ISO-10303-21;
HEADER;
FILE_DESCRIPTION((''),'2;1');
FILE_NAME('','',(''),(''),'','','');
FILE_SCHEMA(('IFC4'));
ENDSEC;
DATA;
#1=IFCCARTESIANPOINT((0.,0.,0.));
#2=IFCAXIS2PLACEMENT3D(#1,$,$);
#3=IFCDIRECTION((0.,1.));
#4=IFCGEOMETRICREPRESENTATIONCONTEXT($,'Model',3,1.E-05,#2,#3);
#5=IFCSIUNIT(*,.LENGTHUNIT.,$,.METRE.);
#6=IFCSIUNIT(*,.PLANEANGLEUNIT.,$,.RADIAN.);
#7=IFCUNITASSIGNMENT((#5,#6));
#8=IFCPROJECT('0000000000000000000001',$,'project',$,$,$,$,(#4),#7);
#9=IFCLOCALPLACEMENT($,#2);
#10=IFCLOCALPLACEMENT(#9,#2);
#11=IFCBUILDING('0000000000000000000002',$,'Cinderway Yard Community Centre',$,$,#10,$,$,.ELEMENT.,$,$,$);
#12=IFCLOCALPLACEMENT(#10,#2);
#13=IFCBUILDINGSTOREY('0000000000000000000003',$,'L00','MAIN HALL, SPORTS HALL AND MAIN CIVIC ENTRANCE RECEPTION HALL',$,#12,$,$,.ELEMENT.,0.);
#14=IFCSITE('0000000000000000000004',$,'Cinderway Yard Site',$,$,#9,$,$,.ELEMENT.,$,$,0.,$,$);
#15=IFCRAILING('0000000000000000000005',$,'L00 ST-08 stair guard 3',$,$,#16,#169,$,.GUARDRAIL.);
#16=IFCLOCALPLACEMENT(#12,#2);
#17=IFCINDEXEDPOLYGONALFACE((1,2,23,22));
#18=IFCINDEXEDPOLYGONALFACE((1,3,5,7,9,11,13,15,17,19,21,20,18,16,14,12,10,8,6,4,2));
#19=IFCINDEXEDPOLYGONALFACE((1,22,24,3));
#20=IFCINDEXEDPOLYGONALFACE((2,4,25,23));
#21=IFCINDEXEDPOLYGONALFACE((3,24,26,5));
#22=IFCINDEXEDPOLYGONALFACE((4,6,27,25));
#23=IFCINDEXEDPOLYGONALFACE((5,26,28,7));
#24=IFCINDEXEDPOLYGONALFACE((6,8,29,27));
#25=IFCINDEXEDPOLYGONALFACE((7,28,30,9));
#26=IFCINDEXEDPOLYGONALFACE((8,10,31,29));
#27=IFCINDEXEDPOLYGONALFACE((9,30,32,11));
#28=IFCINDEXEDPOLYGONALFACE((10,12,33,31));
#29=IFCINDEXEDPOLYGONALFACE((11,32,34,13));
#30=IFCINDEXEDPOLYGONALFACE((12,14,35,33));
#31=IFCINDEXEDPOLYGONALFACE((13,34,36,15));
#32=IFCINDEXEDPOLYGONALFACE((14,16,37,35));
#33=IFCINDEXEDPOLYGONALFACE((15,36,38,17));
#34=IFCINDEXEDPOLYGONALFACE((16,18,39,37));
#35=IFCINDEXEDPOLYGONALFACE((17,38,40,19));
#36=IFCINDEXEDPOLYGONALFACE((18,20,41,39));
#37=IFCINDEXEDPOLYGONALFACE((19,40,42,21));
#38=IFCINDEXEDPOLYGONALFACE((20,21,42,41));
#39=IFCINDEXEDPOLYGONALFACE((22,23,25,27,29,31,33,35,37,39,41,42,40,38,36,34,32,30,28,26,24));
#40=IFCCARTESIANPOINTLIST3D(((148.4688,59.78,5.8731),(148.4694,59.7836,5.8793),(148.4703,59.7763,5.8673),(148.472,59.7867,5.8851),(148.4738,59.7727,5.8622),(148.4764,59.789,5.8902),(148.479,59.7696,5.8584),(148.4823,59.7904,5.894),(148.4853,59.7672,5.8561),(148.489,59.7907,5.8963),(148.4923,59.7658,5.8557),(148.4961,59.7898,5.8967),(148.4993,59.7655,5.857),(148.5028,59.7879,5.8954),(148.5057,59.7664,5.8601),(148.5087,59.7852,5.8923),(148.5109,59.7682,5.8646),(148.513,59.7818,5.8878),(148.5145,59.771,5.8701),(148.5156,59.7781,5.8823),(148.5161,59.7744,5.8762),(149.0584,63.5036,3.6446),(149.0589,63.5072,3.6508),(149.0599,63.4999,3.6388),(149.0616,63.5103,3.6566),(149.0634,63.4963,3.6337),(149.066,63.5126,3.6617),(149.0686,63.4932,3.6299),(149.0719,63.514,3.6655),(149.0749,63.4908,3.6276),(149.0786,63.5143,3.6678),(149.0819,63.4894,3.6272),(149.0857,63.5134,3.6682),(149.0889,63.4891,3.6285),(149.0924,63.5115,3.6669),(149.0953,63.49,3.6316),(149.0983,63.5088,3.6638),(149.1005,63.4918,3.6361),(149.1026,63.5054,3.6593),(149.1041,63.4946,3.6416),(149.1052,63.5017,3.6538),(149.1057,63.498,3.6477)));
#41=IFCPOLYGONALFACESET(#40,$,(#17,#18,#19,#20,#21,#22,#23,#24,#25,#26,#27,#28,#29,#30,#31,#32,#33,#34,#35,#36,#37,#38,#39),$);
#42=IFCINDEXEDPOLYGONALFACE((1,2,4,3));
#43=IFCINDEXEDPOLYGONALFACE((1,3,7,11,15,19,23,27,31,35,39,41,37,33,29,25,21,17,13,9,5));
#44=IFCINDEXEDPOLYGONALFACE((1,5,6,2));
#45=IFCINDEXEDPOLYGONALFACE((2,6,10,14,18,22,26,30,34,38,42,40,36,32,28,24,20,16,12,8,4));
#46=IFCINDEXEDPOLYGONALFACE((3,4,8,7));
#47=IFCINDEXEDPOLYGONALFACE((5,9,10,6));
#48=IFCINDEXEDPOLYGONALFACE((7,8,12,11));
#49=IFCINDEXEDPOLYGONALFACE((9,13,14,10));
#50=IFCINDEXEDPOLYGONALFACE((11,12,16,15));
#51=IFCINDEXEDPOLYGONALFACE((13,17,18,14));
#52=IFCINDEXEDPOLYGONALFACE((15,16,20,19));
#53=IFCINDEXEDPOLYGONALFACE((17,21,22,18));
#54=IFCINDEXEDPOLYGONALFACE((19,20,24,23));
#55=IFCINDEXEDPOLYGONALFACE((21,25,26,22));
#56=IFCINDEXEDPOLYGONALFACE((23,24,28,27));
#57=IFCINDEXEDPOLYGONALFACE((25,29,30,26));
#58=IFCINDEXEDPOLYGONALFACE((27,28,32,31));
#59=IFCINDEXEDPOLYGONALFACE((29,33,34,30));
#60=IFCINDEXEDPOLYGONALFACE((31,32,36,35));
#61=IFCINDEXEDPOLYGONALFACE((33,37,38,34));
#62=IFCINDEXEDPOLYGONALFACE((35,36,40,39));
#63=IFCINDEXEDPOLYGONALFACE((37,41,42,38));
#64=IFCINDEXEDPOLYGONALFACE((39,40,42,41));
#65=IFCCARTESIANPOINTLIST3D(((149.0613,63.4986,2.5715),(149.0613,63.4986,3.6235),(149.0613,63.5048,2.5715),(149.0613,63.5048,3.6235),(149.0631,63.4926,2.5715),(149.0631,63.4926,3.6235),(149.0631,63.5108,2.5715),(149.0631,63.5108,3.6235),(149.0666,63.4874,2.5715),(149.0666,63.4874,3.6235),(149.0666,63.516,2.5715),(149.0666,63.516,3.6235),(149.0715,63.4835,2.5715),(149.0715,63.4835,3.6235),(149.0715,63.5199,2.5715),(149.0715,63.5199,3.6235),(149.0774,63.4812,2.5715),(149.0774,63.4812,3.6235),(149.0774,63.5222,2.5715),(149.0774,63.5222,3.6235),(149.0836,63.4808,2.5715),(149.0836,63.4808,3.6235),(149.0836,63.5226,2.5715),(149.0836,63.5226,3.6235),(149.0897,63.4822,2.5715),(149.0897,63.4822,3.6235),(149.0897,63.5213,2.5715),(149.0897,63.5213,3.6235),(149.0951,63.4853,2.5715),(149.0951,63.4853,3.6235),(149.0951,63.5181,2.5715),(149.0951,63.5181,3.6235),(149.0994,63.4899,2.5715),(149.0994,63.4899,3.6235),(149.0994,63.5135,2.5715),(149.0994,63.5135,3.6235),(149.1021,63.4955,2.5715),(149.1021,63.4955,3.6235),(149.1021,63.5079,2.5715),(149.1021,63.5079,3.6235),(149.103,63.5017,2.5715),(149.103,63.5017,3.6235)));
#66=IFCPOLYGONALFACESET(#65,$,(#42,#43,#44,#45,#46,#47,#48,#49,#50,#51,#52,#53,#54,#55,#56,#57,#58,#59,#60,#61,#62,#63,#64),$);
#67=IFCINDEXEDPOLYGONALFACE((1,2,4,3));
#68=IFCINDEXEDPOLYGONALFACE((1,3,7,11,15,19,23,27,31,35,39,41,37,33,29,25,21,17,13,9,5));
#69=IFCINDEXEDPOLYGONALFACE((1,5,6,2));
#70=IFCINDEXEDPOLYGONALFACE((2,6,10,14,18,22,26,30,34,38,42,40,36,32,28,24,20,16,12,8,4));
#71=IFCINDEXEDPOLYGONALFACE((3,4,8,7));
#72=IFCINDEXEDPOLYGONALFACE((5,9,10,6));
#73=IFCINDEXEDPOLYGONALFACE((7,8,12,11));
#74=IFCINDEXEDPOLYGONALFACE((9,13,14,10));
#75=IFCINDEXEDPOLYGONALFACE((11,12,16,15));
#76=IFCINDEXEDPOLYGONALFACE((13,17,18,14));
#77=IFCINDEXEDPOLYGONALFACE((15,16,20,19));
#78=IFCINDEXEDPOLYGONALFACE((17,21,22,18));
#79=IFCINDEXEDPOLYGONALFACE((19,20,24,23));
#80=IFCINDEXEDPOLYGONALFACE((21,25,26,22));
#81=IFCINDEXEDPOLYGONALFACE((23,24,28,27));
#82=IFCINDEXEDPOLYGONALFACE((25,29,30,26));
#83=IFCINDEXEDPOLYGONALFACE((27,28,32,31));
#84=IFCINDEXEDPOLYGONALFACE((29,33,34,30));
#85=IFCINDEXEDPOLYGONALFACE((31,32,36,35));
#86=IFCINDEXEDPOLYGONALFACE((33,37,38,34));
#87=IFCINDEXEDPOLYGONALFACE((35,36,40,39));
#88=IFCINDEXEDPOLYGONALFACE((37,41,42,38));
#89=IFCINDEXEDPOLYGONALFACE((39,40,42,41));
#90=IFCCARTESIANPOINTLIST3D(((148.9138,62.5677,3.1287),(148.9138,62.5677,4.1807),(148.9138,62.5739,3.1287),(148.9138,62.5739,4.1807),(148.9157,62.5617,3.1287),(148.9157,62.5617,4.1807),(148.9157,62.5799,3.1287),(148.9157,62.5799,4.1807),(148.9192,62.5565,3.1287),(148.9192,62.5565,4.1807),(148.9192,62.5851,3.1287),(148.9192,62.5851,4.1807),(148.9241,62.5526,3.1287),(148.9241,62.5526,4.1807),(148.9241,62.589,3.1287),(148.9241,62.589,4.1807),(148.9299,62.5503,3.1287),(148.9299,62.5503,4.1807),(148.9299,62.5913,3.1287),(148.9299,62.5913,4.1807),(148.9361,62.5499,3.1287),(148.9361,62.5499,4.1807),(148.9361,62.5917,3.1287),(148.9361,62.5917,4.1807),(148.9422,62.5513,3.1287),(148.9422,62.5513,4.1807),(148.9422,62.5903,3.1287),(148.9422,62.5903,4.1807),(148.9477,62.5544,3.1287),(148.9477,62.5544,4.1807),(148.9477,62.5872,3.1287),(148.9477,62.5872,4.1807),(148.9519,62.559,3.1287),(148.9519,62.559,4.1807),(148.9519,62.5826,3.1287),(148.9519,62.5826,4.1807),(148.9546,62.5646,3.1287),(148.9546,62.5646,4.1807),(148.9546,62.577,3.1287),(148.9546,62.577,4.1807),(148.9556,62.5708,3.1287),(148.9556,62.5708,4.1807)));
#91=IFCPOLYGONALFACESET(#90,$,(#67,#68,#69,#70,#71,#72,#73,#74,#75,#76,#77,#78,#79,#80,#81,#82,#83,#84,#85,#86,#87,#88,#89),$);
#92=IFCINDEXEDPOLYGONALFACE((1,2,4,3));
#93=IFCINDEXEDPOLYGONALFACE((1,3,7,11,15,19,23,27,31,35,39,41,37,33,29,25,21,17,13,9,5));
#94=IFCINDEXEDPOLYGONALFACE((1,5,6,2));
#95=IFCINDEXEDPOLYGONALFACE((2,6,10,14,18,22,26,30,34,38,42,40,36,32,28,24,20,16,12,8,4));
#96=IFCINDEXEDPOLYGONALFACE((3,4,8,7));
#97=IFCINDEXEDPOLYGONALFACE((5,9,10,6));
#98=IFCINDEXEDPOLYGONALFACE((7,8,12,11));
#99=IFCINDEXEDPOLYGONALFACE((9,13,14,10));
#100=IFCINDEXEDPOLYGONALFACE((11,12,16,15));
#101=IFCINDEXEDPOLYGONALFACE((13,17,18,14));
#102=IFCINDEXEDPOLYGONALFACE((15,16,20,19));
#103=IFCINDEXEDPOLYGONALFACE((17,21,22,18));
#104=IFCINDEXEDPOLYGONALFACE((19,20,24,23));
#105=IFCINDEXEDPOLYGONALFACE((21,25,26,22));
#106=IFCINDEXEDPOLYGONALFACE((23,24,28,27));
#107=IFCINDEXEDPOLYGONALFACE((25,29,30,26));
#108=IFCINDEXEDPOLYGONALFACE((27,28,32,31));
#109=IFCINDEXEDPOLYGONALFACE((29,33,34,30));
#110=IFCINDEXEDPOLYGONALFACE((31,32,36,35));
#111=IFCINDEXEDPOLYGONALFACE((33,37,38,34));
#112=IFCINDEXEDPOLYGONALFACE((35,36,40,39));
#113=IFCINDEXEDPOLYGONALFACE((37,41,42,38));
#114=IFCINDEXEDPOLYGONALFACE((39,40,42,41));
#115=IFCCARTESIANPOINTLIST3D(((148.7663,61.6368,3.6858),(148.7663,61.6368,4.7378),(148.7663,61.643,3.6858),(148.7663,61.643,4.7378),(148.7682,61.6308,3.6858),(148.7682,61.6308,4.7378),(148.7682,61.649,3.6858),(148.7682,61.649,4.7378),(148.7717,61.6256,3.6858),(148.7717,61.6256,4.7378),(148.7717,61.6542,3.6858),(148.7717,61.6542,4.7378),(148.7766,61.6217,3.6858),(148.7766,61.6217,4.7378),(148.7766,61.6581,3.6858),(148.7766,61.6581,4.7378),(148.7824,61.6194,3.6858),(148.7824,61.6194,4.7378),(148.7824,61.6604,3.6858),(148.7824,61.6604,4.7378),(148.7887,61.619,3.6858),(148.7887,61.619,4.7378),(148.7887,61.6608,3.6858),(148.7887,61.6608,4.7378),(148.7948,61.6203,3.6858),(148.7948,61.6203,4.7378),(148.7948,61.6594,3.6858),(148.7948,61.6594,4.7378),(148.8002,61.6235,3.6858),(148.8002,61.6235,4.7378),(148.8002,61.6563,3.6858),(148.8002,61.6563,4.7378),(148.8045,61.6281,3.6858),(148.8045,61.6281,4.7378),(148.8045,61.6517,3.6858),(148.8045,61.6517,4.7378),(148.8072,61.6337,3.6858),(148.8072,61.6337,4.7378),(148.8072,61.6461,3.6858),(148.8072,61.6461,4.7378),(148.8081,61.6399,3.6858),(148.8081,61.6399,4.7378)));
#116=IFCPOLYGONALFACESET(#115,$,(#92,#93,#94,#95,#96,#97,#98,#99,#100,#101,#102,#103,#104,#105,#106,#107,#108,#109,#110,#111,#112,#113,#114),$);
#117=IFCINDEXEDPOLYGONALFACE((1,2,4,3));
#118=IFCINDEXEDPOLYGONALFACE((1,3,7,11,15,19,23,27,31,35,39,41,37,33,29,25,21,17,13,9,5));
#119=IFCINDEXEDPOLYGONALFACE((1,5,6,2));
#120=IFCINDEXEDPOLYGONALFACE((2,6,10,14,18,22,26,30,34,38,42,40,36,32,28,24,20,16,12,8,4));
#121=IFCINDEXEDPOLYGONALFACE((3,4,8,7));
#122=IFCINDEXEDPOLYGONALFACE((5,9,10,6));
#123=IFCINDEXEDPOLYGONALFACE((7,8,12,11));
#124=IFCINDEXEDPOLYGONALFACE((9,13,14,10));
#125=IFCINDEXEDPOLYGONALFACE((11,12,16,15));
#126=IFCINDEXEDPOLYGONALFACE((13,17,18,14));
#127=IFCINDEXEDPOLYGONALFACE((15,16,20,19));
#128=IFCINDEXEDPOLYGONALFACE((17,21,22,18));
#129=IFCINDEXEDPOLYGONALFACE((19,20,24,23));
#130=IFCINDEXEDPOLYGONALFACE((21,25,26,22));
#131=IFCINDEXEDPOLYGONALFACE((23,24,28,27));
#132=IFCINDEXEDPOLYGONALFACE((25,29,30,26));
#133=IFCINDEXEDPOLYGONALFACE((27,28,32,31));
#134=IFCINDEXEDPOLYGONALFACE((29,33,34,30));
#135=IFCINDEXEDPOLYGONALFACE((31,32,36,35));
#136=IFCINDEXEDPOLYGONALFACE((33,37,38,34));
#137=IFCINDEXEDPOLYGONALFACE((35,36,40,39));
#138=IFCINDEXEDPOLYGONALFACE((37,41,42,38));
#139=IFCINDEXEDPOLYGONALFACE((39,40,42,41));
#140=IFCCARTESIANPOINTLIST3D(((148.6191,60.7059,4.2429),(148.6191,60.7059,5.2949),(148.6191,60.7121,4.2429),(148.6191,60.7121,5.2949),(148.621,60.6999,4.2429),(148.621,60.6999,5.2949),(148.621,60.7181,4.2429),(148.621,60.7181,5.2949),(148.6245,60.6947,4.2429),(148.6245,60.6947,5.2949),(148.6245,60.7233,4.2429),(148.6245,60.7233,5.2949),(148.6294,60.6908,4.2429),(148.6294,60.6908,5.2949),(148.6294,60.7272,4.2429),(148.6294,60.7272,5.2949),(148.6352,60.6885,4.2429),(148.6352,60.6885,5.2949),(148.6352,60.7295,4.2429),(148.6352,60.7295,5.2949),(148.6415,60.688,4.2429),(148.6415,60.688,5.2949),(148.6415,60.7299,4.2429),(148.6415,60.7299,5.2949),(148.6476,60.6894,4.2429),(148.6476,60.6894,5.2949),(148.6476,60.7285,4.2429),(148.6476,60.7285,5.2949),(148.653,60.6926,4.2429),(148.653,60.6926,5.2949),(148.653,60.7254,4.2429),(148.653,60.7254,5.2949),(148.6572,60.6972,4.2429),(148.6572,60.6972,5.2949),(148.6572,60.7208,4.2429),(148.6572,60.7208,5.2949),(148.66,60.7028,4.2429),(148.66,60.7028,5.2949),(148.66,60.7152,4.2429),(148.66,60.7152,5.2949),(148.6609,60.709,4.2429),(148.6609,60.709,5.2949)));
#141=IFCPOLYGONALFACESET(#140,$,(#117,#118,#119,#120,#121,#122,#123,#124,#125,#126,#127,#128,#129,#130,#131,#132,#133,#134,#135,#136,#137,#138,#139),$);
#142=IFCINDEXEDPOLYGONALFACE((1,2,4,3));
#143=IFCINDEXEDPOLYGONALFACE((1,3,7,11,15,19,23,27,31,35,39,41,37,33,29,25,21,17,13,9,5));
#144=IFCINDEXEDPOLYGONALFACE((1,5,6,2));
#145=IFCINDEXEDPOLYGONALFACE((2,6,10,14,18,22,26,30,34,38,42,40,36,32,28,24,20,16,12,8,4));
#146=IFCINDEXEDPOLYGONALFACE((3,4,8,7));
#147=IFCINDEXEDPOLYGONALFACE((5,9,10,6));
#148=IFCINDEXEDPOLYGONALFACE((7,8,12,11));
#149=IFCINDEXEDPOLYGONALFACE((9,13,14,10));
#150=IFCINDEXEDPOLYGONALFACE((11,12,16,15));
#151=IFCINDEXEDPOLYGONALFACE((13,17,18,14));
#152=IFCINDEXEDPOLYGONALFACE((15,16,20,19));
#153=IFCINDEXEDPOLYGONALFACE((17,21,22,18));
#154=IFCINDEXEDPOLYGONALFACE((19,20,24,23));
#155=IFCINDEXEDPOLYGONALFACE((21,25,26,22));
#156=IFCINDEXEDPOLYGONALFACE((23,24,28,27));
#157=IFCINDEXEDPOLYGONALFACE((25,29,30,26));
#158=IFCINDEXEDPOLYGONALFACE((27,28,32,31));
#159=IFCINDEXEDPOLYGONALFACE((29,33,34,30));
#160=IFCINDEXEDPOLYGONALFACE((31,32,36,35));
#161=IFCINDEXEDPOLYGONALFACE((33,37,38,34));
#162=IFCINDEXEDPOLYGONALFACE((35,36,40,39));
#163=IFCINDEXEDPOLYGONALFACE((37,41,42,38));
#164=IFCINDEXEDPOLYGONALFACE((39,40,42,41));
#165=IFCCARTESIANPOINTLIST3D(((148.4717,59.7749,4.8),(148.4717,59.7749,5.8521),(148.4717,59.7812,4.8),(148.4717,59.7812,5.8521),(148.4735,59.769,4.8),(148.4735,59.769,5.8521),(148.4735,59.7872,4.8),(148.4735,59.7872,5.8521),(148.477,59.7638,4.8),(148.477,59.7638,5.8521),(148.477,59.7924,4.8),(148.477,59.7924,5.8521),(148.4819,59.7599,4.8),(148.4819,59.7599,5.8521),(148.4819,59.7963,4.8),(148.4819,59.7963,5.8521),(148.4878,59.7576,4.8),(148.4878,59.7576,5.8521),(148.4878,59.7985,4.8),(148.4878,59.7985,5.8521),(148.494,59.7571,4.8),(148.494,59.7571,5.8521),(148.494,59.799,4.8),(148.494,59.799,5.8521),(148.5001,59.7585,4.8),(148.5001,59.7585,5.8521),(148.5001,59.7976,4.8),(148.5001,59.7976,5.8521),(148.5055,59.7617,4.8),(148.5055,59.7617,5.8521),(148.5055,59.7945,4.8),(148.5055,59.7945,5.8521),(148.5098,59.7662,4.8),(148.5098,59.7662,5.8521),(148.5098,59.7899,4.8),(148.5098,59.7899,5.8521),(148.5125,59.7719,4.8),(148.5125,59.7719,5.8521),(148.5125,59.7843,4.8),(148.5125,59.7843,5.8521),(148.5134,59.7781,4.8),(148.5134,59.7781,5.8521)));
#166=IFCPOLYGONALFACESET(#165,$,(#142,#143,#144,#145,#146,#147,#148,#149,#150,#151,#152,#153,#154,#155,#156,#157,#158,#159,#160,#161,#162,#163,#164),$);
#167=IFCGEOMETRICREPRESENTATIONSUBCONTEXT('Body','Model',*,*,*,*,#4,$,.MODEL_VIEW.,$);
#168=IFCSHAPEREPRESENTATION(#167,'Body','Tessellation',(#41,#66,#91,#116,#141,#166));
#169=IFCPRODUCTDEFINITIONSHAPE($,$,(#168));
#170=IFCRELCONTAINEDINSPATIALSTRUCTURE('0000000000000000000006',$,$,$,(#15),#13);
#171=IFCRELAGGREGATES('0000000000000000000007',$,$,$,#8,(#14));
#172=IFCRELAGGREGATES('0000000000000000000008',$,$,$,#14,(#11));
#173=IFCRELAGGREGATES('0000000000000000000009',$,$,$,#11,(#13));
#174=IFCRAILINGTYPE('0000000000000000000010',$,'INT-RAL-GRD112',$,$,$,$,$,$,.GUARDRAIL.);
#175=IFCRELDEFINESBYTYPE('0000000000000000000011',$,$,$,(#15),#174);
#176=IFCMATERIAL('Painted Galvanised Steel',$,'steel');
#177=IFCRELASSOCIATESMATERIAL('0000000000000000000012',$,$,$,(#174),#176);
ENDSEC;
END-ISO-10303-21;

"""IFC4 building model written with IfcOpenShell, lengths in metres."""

from ifc_helpers import new_model, si_unit, direction, frame, origin, origin_2d, place, context, subcontext, project, spatial, circle, extrude, material, type_object, element, save


model = new_model("IFC4")

# Units and contexts
model_context = context("Model", 3, precision=1e-05, world=origin(), true_north=direction((0.0, 1.0)))
body_context = subcontext(model_context, "Body", "Model", "MODEL_VIEW")
ifc_project = project(units=[si_unit("LENGTHUNIT", "METRE"), si_unit("PLANEANGLEUNIT", "RADIAN")], contexts=[model_context])

# Site, building, storey
site_placement = place(None, origin())
site = spatial("IfcSite", under=ifc_project, at=site_placement, Name="Cinderway Yard Site", CompositionType="ELEMENT", RefElevation=0.0)
building_placement = place(site_placement, origin())
building = spatial("IfcBuilding", under=site, at=building_placement, Name="Cinderway Yard Community Centre", CompositionType="ELEMENT")
storey_placement = place(building_placement, origin())
storey = spatial("IfcBuildingStorey", under=building, at=storey_placement, Name="L00", Description="MAIN HALL, SPORTS HALL AND MAIN CIVIC ENTRANCE RECEPTION HALL", CompositionType="ELEMENT", Elevation=0.0)

# Railing
ifc_material_1 = material(Name="Painted Galvanised Steel", Category="steel")
railing_type_1 = type_object("IfcRailingType", Name="INT-RAL-GRD112", PredefinedType="GUARDRAIL", material=ifc_material_1)
railing_1_placement = place(storey_placement, frame((149.082, 63.5017, 2.5715)))
element("IfcRailing", 1, at=railing_1_placement, inside=storey, type_object=railing_type_1, Name="L00 ST-08 stair guard 3", PredefinedType="GUARDRAIL", context=body_context, shape_type="SweptSolid", body=[
    extrude(circle(Radius=0.0239, at=origin_2d()), frame((0.0, 0.0, 1.0762), z_axis=(-0.13463, -0.850256, 0.50886), x_axis=(0.987695, -0.156392, 0.0)), (0.0, 0.0, 1.0), 4.3794),
    extrude(circle(Radius=0.021, at=origin_2d()), origin(), (0.0, 0.0, 1.0), 1.052),
    extrude(circle(Radius=0.021, at=origin_2d()), frame((-0.1475, -0.9309, 0.5571)), (0.0, 0.0, 1.0), 1.052),
    extrude(circle(Radius=0.021, at=origin_2d()), frame((-0.2949, -1.8618, 1.1143)), (0.0, 0.0, 1.0), 1.052),
    extrude(circle(Radius=0.021, at=origin_2d()), frame((-0.4421, -2.7927, 1.6714)), (0.0, 0.0, 1.0), 1.052),
    extrude(circle(Radius=0.021, at=origin_2d()), frame((-0.5896, -3.7236, 2.2285)), (0.0, 0.0, 1.0), 1.052),
])

save(model, "model.ifc")
